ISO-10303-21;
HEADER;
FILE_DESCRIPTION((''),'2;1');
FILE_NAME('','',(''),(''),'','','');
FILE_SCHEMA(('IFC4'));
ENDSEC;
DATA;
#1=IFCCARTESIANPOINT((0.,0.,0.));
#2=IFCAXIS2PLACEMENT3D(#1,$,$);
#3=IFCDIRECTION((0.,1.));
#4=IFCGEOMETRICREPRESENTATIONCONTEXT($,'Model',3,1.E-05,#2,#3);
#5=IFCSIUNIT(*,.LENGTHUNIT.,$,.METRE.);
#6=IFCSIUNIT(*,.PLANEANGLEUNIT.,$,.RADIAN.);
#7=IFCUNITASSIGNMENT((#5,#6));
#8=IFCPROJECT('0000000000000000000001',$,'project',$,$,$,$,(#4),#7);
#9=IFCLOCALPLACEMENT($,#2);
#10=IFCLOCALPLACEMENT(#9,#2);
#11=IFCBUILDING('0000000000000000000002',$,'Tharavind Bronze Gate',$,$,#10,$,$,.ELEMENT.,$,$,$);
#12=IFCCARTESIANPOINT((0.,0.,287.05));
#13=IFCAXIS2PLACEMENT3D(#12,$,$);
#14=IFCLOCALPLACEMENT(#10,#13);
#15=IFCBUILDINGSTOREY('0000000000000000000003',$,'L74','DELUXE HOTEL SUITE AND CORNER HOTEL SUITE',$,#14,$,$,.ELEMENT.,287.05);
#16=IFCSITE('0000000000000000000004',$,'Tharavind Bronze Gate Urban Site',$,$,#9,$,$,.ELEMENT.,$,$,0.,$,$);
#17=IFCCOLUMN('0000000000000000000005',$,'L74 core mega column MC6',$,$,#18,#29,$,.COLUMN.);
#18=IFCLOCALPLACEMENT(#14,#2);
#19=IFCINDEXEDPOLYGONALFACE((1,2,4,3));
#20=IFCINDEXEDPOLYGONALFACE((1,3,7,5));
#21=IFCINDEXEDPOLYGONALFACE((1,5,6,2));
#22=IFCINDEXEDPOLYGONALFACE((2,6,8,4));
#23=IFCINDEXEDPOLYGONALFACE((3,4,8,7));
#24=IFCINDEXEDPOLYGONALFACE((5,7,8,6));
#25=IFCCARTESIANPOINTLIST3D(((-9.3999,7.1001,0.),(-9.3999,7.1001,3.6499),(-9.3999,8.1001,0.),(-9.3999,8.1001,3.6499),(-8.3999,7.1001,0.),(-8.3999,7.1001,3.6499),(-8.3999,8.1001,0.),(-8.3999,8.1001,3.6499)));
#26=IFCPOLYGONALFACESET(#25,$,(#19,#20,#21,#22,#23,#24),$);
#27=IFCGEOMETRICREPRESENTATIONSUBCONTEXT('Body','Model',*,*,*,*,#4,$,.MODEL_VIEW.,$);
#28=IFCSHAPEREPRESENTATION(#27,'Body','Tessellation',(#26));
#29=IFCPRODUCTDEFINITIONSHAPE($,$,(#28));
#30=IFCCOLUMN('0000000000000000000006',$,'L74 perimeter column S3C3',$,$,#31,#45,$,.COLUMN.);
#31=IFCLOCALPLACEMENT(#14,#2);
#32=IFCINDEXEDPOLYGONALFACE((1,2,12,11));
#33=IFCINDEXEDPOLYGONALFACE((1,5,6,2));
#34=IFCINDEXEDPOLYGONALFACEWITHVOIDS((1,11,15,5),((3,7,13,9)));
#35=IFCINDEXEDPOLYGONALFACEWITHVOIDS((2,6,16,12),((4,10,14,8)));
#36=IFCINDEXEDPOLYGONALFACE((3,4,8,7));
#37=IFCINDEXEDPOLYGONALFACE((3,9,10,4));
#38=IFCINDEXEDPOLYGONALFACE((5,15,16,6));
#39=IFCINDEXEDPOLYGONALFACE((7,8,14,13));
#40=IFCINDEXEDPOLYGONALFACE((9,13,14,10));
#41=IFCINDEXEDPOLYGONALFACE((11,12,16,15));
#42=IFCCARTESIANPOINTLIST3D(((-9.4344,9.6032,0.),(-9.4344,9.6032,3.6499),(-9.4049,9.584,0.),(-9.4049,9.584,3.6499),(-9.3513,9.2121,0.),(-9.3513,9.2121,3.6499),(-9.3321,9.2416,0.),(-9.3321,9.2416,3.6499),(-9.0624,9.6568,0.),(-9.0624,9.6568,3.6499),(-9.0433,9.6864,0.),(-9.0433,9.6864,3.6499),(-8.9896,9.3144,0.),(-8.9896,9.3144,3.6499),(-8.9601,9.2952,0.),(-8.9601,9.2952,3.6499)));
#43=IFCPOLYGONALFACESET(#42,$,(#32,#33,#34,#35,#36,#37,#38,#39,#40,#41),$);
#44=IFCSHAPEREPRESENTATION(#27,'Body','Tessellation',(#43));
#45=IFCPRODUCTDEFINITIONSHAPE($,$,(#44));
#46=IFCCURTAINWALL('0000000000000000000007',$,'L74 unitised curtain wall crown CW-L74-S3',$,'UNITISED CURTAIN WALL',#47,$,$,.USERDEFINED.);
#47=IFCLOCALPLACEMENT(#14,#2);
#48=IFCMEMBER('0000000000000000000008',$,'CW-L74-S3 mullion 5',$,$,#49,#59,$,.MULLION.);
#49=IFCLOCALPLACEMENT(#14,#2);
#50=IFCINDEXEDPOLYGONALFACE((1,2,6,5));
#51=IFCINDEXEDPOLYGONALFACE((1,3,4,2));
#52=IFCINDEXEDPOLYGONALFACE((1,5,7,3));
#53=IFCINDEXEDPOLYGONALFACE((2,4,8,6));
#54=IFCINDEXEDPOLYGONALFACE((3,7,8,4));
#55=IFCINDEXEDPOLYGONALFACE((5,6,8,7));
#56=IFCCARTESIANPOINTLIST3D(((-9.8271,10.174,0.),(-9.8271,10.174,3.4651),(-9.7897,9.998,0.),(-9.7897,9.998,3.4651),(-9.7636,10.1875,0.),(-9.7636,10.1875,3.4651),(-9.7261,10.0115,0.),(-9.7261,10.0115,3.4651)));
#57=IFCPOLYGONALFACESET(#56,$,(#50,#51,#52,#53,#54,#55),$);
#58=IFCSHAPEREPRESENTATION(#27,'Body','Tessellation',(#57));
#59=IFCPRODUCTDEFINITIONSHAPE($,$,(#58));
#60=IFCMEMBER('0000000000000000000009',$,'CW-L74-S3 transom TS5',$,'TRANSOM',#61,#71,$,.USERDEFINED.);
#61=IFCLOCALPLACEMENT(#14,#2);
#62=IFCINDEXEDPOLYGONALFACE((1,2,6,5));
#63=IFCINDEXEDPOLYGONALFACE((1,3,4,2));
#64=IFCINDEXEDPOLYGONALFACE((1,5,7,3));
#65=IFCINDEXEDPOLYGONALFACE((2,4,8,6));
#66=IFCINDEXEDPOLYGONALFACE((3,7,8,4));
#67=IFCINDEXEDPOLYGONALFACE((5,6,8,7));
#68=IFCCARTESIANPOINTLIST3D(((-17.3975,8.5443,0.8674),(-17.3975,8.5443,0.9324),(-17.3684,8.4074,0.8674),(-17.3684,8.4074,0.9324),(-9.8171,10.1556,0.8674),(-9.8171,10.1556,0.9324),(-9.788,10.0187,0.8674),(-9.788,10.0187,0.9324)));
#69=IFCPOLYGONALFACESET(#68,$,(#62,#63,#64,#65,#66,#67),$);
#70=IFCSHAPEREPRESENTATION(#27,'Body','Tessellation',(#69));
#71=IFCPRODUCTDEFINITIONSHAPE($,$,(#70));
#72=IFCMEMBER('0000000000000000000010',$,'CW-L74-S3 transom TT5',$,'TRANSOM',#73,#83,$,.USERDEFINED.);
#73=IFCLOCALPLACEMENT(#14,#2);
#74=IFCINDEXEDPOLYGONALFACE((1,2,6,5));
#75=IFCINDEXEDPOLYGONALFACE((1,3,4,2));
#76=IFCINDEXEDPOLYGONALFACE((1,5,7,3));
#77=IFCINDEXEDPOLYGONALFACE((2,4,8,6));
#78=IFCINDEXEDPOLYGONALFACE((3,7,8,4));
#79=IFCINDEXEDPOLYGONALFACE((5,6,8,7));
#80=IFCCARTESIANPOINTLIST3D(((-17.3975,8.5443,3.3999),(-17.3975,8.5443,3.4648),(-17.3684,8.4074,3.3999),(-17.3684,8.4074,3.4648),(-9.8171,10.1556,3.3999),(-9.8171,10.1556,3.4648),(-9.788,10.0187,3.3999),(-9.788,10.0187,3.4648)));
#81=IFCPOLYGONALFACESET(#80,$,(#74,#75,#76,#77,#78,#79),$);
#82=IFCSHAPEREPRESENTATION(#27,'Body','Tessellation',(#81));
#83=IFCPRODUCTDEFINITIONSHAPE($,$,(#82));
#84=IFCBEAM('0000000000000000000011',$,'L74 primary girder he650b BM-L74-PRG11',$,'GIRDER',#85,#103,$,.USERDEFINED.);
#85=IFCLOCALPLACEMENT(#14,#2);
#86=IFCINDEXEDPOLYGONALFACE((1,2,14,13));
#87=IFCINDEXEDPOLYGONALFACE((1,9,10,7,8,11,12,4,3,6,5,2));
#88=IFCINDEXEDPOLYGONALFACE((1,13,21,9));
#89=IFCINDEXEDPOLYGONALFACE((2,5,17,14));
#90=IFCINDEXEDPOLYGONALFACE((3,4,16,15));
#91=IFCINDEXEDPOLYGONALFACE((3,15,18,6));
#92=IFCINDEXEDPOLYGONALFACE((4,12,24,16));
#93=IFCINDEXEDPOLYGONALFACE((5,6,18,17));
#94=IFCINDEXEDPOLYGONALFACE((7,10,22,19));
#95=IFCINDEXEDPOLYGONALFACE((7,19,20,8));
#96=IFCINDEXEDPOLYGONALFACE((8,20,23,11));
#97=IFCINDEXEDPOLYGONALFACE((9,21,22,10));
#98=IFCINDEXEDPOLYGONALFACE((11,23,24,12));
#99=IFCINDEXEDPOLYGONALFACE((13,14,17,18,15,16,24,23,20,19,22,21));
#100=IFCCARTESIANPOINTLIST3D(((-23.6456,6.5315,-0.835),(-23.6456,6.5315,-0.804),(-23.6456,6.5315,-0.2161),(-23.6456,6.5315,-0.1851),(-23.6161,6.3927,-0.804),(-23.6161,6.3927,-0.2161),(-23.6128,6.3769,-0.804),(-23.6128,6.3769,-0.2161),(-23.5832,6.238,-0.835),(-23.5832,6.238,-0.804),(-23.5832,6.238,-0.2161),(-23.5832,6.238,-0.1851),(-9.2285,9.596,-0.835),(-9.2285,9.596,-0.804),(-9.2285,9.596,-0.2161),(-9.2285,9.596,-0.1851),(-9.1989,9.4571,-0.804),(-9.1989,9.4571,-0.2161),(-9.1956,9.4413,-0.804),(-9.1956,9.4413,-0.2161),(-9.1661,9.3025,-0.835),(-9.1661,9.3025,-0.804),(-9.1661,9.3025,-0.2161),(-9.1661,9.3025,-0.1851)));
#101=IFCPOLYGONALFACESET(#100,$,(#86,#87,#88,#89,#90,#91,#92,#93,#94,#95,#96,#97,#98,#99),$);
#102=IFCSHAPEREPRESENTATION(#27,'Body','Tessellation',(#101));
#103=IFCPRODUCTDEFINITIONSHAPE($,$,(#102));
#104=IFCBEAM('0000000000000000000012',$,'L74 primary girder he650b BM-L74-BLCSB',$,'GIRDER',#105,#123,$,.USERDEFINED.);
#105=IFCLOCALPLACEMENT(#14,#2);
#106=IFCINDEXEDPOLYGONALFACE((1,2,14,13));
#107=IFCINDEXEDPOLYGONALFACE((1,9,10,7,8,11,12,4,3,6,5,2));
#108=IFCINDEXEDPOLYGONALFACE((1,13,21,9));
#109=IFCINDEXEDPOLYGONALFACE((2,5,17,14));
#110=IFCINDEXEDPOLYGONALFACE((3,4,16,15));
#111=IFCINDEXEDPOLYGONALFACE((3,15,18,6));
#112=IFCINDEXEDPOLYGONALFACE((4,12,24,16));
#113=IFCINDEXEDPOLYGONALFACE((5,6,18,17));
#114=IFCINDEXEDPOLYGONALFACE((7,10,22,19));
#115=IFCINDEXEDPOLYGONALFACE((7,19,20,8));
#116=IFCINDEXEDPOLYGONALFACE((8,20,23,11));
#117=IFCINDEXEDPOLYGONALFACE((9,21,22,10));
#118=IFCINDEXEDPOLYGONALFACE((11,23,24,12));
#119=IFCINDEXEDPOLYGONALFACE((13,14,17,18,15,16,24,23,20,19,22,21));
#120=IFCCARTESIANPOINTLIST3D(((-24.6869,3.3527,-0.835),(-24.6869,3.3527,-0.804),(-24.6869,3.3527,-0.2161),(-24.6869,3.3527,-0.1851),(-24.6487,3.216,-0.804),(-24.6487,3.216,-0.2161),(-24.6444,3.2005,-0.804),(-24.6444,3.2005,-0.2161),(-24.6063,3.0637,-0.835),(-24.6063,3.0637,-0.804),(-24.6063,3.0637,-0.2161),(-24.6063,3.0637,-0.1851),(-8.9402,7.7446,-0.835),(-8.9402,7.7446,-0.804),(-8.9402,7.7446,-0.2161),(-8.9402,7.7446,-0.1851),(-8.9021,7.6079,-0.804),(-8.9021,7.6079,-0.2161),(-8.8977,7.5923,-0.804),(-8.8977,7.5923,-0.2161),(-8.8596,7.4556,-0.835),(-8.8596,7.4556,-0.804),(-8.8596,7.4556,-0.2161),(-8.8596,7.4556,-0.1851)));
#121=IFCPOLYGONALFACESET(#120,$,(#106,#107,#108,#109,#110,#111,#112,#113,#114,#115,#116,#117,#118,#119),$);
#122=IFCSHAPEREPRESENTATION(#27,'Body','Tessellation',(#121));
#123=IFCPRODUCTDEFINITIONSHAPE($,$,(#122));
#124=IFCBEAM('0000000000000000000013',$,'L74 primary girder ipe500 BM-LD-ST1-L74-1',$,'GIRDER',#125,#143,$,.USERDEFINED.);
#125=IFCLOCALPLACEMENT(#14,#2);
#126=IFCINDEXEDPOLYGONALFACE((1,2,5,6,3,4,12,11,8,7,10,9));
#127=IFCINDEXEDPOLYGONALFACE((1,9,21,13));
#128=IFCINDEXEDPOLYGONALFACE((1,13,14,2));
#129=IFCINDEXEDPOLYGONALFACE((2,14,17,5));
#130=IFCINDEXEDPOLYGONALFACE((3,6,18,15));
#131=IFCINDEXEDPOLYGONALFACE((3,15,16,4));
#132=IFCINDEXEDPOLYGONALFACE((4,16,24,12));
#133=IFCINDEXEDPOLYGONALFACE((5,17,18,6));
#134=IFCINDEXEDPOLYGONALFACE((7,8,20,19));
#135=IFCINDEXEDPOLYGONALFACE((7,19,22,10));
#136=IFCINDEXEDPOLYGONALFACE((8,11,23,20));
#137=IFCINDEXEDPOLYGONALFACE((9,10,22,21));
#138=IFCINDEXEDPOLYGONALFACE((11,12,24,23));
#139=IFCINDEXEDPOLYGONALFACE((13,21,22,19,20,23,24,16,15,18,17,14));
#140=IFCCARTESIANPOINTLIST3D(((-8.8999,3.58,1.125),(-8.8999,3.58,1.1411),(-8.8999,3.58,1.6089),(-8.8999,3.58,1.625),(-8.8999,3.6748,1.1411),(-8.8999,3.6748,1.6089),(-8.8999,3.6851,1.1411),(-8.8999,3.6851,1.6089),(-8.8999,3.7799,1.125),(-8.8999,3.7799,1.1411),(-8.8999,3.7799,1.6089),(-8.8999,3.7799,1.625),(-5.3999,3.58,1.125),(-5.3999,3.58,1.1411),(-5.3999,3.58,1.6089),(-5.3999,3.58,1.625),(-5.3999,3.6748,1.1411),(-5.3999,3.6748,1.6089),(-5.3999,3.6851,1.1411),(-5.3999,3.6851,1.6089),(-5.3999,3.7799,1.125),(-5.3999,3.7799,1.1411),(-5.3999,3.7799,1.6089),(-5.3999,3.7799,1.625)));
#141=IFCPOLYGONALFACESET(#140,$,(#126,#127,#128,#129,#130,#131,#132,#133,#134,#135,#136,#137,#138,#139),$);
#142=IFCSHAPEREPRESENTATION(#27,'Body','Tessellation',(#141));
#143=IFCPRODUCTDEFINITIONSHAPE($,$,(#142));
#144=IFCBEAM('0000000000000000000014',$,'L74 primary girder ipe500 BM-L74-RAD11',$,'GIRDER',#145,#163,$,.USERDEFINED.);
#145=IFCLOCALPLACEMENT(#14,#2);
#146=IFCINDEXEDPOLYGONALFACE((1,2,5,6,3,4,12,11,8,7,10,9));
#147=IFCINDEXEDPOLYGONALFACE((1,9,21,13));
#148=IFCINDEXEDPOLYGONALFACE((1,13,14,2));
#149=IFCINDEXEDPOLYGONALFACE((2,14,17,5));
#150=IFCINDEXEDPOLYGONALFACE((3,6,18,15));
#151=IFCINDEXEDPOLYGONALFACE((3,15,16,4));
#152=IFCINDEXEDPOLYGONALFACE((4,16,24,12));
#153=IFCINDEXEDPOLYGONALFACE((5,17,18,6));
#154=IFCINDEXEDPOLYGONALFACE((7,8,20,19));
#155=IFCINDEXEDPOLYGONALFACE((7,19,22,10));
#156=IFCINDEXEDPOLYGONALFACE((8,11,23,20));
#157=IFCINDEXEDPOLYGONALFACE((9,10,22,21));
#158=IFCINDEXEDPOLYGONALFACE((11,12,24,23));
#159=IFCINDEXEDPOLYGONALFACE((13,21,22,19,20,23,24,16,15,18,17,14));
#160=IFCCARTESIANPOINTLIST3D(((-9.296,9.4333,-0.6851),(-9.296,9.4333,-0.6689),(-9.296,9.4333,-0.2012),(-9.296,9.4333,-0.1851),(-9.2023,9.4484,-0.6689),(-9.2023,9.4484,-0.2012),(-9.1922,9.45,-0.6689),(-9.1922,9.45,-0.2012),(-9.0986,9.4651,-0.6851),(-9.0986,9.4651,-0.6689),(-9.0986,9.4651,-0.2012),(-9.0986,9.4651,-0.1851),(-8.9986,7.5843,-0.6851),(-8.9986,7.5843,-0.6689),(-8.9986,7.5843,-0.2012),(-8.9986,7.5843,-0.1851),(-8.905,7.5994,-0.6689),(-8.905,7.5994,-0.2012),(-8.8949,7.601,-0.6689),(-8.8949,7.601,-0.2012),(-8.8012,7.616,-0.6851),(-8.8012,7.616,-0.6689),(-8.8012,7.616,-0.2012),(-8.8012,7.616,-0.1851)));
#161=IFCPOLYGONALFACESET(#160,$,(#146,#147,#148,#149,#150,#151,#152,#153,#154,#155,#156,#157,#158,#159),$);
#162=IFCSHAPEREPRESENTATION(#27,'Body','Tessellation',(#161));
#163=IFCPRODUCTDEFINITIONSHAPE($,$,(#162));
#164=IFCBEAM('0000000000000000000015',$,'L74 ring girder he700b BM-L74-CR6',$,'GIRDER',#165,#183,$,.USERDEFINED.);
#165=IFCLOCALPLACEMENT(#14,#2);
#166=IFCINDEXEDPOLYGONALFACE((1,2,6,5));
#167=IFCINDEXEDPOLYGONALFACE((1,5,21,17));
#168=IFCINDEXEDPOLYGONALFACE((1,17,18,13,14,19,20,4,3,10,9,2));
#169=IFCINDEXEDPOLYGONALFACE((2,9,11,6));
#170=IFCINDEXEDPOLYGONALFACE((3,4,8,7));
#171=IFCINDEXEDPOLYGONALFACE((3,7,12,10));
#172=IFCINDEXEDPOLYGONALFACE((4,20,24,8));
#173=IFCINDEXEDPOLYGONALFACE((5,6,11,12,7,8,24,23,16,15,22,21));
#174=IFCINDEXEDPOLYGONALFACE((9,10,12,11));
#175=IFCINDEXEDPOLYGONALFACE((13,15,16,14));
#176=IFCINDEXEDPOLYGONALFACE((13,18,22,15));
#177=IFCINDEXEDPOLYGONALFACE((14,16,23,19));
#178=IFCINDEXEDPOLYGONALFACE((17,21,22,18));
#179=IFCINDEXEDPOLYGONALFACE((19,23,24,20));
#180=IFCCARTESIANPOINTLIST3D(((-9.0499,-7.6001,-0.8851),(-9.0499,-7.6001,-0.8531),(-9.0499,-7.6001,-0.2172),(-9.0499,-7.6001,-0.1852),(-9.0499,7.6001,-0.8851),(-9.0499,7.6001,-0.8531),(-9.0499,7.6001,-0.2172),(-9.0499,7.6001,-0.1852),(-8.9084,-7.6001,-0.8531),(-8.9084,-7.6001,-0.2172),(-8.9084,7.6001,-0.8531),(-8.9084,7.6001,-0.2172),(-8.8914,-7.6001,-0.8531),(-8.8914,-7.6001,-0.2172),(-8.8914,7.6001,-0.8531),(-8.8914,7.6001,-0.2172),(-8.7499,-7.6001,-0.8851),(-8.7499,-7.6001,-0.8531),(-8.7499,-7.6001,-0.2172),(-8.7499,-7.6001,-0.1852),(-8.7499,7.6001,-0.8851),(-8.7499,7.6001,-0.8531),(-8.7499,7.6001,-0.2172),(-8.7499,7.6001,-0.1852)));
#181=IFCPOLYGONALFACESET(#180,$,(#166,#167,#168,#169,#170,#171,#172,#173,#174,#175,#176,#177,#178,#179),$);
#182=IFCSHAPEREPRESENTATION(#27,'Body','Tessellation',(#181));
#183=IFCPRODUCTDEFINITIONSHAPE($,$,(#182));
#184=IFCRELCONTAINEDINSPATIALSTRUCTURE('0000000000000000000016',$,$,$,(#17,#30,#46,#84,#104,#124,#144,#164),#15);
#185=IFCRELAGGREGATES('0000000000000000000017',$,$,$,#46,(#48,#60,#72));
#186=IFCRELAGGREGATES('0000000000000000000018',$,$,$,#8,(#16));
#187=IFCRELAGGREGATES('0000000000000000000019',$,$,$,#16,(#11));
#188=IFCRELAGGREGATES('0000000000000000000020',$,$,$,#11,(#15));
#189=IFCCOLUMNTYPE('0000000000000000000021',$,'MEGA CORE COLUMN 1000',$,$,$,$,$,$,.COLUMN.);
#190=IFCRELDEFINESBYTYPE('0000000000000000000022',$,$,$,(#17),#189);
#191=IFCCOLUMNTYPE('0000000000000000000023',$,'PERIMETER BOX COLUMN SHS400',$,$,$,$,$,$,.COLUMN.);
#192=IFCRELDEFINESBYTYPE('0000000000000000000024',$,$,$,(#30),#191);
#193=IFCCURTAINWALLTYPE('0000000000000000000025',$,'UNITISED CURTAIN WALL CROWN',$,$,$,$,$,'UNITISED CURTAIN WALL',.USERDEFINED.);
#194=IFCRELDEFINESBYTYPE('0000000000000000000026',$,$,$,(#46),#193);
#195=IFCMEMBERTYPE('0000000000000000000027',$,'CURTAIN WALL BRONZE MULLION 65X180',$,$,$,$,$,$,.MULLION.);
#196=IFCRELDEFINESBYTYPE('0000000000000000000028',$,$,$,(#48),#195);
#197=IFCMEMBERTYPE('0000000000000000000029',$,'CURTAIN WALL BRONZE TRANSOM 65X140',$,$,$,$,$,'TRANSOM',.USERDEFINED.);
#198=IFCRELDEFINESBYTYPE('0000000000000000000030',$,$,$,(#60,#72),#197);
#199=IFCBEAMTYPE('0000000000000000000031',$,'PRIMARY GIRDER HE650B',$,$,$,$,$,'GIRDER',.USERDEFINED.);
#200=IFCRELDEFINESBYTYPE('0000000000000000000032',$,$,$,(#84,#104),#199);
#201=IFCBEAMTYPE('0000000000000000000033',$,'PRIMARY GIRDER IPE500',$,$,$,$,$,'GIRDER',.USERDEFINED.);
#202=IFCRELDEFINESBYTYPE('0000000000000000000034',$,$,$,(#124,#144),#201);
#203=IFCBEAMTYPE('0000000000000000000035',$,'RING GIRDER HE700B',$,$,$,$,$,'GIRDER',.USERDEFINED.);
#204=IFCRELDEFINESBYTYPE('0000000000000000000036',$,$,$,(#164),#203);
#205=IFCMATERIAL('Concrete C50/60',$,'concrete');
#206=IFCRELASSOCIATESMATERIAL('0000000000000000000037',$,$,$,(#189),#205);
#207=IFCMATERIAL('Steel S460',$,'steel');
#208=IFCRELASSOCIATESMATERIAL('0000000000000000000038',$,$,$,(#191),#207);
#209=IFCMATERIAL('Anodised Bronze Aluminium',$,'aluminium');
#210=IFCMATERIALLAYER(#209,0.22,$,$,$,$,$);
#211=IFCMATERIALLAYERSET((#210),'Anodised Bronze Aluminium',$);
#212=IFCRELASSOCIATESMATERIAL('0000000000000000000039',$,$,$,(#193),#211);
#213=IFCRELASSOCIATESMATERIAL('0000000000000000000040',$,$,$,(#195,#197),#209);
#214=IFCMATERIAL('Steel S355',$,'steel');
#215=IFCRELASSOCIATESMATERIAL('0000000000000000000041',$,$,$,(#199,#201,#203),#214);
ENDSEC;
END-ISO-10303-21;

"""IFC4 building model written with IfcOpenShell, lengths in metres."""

from ifc_helpers import new_model, si_unit, direction, frame, origin, origin_2d, place, context, subcontext, project, spatial, rectangle, hollow_rectangle, i_section, extrude, material, layer, layer_set, material_profile, profile_set, type_object, element, aggregate, save


model = new_model("IFC4")

# Units and contexts
model_context = context("Model", 3, precision=1e-05, world=origin(), true_north=direction((0.0, 1.0)))
body_context = subcontext(model_context, "Body", "Model", "MODEL_VIEW")
ifc_project = project(units=[si_unit("LENGTHUNIT", "METRE"), si_unit("PLANEANGLEUNIT", "RADIAN")], contexts=[model_context])

# Site, building, storey
site_placement = place(None, origin())
site = spatial("IfcSite", under=ifc_project, at=site_placement, Name="Tharavind Bronze Gate Urban Site", CompositionType="ELEMENT", RefElevation=0.0)
building_placement = place(site_placement, origin())
building = spatial("IfcBuilding", under=site, at=building_placement, Name="Tharavind Bronze Gate", CompositionType="ELEMENT")
storey_placement = place(building_placement, frame((0.0, 0.0, 287.05)))
storey = spatial("IfcBuildingStorey", under=building, at=storey_placement, Name="L74", Description="DELUXE HOTEL SUITE AND CORNER HOTEL SUITE", CompositionType="ELEMENT", Elevation=287.05)

# Columns
ifc_material_1 = material(Name="Concrete C50/60", Category="concrete")
ifc_material_profile_1 = material_profile(ifc_material_1, rectangle(XDim=1.0, YDim=1.0, at=origin_2d()), Name="RCCOL1000")
ifc_profile_set_1 = profile_set([ifc_material_profile_1], Name="Concrete C50/60")
column_type_1 = type_object("IfcColumnType", Name="MEGA CORE COLUMN 1000", PredefinedType="COLUMN", material=ifc_profile_set_1)
column_1_placement = place(storey_placement, frame((-8.8999, 7.6001, 0.0), z_axis=(0.0, 0.0, 1.0), x_axis=(1.0, 0.0, 0.0)))
element("IfcColumn", 1, at=column_1_placement, inside=storey, type_object=column_type_1, Name="L74 core mega column MC6", PredefinedType="COLUMN", context=body_context, shape_type="SweptSolid", body=[
    extrude(rectangle(XDim=1.0, YDim=1.0, at=origin_2d()), origin(), (0.0, 0.0, 1.0), 3.6499),
])
ifc_material_2 = material(Name="Steel S460", Category="steel")
ifc_material_profile_2 = material_profile(ifc_material_2, hollow_rectangle(XDim=0.3999, YDim=0.3999, WallThickness=0.0249, at=origin_2d()), Name="SHS400X25")
ifc_profile_set_2 = profile_set([ifc_material_profile_2], Name="Steel S460")
column_type_2 = type_object("IfcColumnType", Name="PERIMETER BOX COLUMN SHS400", PredefinedType="COLUMN", material=ifc_profile_set_2)
column_2_placement = place(storey_placement, frame((-9.1973, 9.4492, 0.0), z_axis=(0.0, 0.0, 1.0), x_axis=(0.978147, 0.207913, 0.0)))
element("IfcColumn", 2, at=column_2_placement, inside=storey, type_object=column_type_2, Name="L74 perimeter column S3C3", PredefinedType="COLUMN", context=body_context, shape_type="SweptSolid", body=[
    extrude(hollow_rectangle(XDim=0.3999, YDim=0.3999, WallThickness=0.0249, at=origin_2d()), origin(), (0.0, 0.0, 1.0), 3.6499),
])

# Curtain wall, members
ifc_material_3 = material(Name="Anodised Bronze Aluminium", Category="aluminium")
ifc_layer_1 = layer(ifc_material_3, 0.22)
ifc_layer_set_1 = layer_set([ifc_layer_1], Name="Anodised Bronze Aluminium")
curtain_wall_type = type_object("IfcCurtainWallType", Name="UNITISED CURTAIN WALL CROWN", ElementType="UNITISED CURTAIN WALL", PredefinedType="USERDEFINED", material=ifc_layer_set_1)
curtain_wall_placement = place(storey_placement, origin())
curtain_wall = element("IfcCurtainWall", 3, at=curtain_wall_placement, inside=storey, type_object=curtain_wall_type, Name="L74 unitised curtain wall crown CW-L74-S3", ObjectType="UNITISED CURTAIN WALL", PredefinedType="USERDEFINED")
member_type_1 = type_object("IfcMemberType", Name="CURTAIN WALL BRONZE MULLION 65X180", PredefinedType="MULLION", material=ifc_material_3)
member_1_placement = place(storey_placement, frame((-9.7766, 10.0928, 0.0), z_axis=(0.0, 0.0, 1.0), x_axis=(-0.978147, -0.207913, 0.0)))
member_1 = element("IfcMember", 4, at=member_1_placement, type_object=member_type_1, Name="CW-L74-S3 mullion 5", PredefinedType="MULLION", context=body_context, shape_type="SweptSolid", body=[
    extrude(rectangle(XDim=0.0649, YDim=0.1799, at=origin_2d()), origin(), (0.0, 0.0, 1.0), 3.4651),
])
member_type_2 = type_object("IfcMemberType", Name="CURTAIN WALL BRONZE TRANSOM 65X140", ElementType="TRANSOM", PredefinedType="USERDEFINED", material=ifc_material_3)
member_2_placement = place(storey_placement, frame((-13.5928, 9.2815, 0.8674), z_axis=(0.0, 0.0, 1.0), x_axis=(-0.978147, -0.207913, 0.0)))
member_2 = element("IfcMember", 5, at=member_2_placement, type_object=member_type_2, Name="CW-L74-S3 transom TS5", ObjectType="TRANSOM", PredefinedType="USERDEFINED", context=body_context, shape_type="SweptSolid", body=[
    extrude(rectangle(XDim=7.7498, YDim=0.1399, at=origin_2d()), origin(), (0.0, 0.0, 1.0), 0.0649),
])
member_3_placement = place(storey_placement, frame((-13.5928, 9.2815, 3.3999), z_axis=(0.0, 0.0, 1.0), x_axis=(-0.978147, -0.207913, 0.0)))
member_3 = element("IfcMember", 6, at=member_3_placement, type_object=member_type_2, Name="CW-L74-S3 transom TT5", ObjectType="TRANSOM", PredefinedType="USERDEFINED", context=body_context, shape_type="SweptSolid", body=[
    extrude(rectangle(XDim=7.7498, YDim=0.1399, at=origin_2d()), origin(), (0.0, 0.0, 1.0), 0.0649),
])

# Beams
ifc_material_4 = material(Name="Steel S355", Category="steel")
ifc_material_profile_3 = material_profile(ifc_material_4, i_section(OverallWidth=0.3, OverallDepth=0.6499, WebThickness=0.0161, FlangeThickness=0.031, at=origin_2d()), Name="HE650B")
ifc_profile_set_3 = profile_set([ifc_material_profile_3], Name="Steel S355")
beam_type_1 = type_object("IfcBeamType", Name="PRIMARY GIRDER HE650B", ElementType="GIRDER", PredefinedType="USERDEFINED", material=ifc_profile_set_3)
beam_1_placement = place(storey_placement, frame((-9.1973, 9.4492, -0.51), z_axis=(-0.978148, -0.20791, 0.0), x_axis=(0.20791, -0.978148, 0.0)))
element("IfcBeam", 7, at=beam_1_placement, inside=storey, type_object=beam_type_1, Name="L74 primary girder he650b BM-L74-PRG11", ObjectType="GIRDER", PredefinedType="USERDEFINED", context=body_context, shape_type="SweptSolid", body=[
    extrude(i_section(OverallWidth=0.3, OverallDepth=0.6499, WebThickness=0.0161, FlangeThickness=0.031, at=origin_2d()), origin(), (0.0, 0.0, 1.0), 14.7393),
])
beam_2_placement = place(storey_placement, frame((-8.8999, 7.6001, -0.51), z_axis=(-0.963237, -0.268654, 0.0), x_axis=(0.268654, -0.963237, 0.0)))
element("IfcBeam", 8, at=beam_2_placement, inside=storey, type_object=beam_type_1, Name="L74 primary girder he650b BM-L74-BLCSB", ObjectType="GIRDER", PredefinedType="USERDEFINED", context=body_context, shape_type="SweptSolid", body=[
    extrude(i_section(OverallWidth=0.3, OverallDepth=0.6499, WebThickness=0.0161, FlangeThickness=0.031, at=origin_2d()), origin(), (0.0, 0.0, 1.0), 16.3477),
])
ifc_material_profile_4 = material_profile(ifc_material_4, i_section(OverallWidth=0.2, OverallDepth=0.5, WebThickness=0.0103, FlangeThickness=0.0161, at=origin_2d()), Name="IPE500")
ifc_profile_set_4 = profile_set([ifc_material_profile_4], Name="Steel S355")
beam_type_2 = type_object("IfcBeamType", Name="PRIMARY GIRDER IPE500", ElementType="GIRDER", PredefinedType="USERDEFINED", material=ifc_profile_set_4)
beam_3_placement = place(storey_placement, frame((-8.8999, 3.6799, 1.375), z_axis=(1.0, 0.0, 0.0), x_axis=(0.0, 1.0, 0.0)))
element("IfcBeam", 9, at=beam_3_placement, inside=storey, type_object=beam_type_2, Name="L74 primary girder ipe500 BM-LD-ST1-L74-1", ObjectType="GIRDER", PredefinedType="USERDEFINED", context=body_context, shape_type="SweptSolid", body=[
    extrude(i_section(OverallWidth=0.2, OverallDepth=0.5, WebThickness=0.0103, FlangeThickness=0.0161, at=origin_2d()), origin(), (0.0, 0.0, 1.0), 3.5),
])
beam_4_placement = place(storey_placement, frame((-9.1973, 9.4492, -0.4351), z_axis=(0.158773, -0.987315, 0.0), x_axis=(0.987315, 0.158773, 0.0)))
element("IfcBeam", 10, at=beam_4_placement, inside=storey, type_object=beam_type_2, Name="L74 primary girder ipe500 BM-L74-RAD11", ObjectType="GIRDER", PredefinedType="USERDEFINED", context=body_context, shape_type="SweptSolid", body=[
    extrude(i_section(OverallWidth=0.2, OverallDepth=0.5, WebThickness=0.0103, FlangeThickness=0.0161, at=origin_2d()), origin(), (0.0, 0.0, 1.0), 1.8728),
])
ifc_material_profile_5 = material_profile(ifc_material_4, i_section(OverallWidth=0.3, OverallDepth=0.7, WebThickness=0.0171, FlangeThickness=0.032, at=origin_2d()), Name="HE700B")
ifc_profile_set_5 = profile_set([ifc_material_profile_5], Name="Steel S355")
beam_type_3 = type_object("IfcBeamType", Name="RING GIRDER HE700B", ElementType="GIRDER", PredefinedType="USERDEFINED", material=ifc_profile_set_5)
beam_5_placement = place(storey_placement, frame((-8.8999, 7.6001, -0.5352), z_axis=(0.0, -1.0, 0.0), x_axis=(1.0, 0.0, 0.0)))
element("IfcBeam", 11, at=beam_5_placement, inside=storey, type_object=beam_type_3, Name="L74 ring girder he700b BM-L74-CR6", ObjectType="GIRDER", PredefinedType="USERDEFINED", context=body_context, shape_type="SweptSolid", body=[
    extrude(i_section(OverallWidth=0.3, OverallDepth=0.7, WebThickness=0.0171, FlangeThickness=0.032, at=origin_2d()), origin(), (0.0, 0.0, 1.0), 15.2002),
])

aggregate(curtain_wall, [member_1, member_2, member_3])

save(model, "model.ifc")
